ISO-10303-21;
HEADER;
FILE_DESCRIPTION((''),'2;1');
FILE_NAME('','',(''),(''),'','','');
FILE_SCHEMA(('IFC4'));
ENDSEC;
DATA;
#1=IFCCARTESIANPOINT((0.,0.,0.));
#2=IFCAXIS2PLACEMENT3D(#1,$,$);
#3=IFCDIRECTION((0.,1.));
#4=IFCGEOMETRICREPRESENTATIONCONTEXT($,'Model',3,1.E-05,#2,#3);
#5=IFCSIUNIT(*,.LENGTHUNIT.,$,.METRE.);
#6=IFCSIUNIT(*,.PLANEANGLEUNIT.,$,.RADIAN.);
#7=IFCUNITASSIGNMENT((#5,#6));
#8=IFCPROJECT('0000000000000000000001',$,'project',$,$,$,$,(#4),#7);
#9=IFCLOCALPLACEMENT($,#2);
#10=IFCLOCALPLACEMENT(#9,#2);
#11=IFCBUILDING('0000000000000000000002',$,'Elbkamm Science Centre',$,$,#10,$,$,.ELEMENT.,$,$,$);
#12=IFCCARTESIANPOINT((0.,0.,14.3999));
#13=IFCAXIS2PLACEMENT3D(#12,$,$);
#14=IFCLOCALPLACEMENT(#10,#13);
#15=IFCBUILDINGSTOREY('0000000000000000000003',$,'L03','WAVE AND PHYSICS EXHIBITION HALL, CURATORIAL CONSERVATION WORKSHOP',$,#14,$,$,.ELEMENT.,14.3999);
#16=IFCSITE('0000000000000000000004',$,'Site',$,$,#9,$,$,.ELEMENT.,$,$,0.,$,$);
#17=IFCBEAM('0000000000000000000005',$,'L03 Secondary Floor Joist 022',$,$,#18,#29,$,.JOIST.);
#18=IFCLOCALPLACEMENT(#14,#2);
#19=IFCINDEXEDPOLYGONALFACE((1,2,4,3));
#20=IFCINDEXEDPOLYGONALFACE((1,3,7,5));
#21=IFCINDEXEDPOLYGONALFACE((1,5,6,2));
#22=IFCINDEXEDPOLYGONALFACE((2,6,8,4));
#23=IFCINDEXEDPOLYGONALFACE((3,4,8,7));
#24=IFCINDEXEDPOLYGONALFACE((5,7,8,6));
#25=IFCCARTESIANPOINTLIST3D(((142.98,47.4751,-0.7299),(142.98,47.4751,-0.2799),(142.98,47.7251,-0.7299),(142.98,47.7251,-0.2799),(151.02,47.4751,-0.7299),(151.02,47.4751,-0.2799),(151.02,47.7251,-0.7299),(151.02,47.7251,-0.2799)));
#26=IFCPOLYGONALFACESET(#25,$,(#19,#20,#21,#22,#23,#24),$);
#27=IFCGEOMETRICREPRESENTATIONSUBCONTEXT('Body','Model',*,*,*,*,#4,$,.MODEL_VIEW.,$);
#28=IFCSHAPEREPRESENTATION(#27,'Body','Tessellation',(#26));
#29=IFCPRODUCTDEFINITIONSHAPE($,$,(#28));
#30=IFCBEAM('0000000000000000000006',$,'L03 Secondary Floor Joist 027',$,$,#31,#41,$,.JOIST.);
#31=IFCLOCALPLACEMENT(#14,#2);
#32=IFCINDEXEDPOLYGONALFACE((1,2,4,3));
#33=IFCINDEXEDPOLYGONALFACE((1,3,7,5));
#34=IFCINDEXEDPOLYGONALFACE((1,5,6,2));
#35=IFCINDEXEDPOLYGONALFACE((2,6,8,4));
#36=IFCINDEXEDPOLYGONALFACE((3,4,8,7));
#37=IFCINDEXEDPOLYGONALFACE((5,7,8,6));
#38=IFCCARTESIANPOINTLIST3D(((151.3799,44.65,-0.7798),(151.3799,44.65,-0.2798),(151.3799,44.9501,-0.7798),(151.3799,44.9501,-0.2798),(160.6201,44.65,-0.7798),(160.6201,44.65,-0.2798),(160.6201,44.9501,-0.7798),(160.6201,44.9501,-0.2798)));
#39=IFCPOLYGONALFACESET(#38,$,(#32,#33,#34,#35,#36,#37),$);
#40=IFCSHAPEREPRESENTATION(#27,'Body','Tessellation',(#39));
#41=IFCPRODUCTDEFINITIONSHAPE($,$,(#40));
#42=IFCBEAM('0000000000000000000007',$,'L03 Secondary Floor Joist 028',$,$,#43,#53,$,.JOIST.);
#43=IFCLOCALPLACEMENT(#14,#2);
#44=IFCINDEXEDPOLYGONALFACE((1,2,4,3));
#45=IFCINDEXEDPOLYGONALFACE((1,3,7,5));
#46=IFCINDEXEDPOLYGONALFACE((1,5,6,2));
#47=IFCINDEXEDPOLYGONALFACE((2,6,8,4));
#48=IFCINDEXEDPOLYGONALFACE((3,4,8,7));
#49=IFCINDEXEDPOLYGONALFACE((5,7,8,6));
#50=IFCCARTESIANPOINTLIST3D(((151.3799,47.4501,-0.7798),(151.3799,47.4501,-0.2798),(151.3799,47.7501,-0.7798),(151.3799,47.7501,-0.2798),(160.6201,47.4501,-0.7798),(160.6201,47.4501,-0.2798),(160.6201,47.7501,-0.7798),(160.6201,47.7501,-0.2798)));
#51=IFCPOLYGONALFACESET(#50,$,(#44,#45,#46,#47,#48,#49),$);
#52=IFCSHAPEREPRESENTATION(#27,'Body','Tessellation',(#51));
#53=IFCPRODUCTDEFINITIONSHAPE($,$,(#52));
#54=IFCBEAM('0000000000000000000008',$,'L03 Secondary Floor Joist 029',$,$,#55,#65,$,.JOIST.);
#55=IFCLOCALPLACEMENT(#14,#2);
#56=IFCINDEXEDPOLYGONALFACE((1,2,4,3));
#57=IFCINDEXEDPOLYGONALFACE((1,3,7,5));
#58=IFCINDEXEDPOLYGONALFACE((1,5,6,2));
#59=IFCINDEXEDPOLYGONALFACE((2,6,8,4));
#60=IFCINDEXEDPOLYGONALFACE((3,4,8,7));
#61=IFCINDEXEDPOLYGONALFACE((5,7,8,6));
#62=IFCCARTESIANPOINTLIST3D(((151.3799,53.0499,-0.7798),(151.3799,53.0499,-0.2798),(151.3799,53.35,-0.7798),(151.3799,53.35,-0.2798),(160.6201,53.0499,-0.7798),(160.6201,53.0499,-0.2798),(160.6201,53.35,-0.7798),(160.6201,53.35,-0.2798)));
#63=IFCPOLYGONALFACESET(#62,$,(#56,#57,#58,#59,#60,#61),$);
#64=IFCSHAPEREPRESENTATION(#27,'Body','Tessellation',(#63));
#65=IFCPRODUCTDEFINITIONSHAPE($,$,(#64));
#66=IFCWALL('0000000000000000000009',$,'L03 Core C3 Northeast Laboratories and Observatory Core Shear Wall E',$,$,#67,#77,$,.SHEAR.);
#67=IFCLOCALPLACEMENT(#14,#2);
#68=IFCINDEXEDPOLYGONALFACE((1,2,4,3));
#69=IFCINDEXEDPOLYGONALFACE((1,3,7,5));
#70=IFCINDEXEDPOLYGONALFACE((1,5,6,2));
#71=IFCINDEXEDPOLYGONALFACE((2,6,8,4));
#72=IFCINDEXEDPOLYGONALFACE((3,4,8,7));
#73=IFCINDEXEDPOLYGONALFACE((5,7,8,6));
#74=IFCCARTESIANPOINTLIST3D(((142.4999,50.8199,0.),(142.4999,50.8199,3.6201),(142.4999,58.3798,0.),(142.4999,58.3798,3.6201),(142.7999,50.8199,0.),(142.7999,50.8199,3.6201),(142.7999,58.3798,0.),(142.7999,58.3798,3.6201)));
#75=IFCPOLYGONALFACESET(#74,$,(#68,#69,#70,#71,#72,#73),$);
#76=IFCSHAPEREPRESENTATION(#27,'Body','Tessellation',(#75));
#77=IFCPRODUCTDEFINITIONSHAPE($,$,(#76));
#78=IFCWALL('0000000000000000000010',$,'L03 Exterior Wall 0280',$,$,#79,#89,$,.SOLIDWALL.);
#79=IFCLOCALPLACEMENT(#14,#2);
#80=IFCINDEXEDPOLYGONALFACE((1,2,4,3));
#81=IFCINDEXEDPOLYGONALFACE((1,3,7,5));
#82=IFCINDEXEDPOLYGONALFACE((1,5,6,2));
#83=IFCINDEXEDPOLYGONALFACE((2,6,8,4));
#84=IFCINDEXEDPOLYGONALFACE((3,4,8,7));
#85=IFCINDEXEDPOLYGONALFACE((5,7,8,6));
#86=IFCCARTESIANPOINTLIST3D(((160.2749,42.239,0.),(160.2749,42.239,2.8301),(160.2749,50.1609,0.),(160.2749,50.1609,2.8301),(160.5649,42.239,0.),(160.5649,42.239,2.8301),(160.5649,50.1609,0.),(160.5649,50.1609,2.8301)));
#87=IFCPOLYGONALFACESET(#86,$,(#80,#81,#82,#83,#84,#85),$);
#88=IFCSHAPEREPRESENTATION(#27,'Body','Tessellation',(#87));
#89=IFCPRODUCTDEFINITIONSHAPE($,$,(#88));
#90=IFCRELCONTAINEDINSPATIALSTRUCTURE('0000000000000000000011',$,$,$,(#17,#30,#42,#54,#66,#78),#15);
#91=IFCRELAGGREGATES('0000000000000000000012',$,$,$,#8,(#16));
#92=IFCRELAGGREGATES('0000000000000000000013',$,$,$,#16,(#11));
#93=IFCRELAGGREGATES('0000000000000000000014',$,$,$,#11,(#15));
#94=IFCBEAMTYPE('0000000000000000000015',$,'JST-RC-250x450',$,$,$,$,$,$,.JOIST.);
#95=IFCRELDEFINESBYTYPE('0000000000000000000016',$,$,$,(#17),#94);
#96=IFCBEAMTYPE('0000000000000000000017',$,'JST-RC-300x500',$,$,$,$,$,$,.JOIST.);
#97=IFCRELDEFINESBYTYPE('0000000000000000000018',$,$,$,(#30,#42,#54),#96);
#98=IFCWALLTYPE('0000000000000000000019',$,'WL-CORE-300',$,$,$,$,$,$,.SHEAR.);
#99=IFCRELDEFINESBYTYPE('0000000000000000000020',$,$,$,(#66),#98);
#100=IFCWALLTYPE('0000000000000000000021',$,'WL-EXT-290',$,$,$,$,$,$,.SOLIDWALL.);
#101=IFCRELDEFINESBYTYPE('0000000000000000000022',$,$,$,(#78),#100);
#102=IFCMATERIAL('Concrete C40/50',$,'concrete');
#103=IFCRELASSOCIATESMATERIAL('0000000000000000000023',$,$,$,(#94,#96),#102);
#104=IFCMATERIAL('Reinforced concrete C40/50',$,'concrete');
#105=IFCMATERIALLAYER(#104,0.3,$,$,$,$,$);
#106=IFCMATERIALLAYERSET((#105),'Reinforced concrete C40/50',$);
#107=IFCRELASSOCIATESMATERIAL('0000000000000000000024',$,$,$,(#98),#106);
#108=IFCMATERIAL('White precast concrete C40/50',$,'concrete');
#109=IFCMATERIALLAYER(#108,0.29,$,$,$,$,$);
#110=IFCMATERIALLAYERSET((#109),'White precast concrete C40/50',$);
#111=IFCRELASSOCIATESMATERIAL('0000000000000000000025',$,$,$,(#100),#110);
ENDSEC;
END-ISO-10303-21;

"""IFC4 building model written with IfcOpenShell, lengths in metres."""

from ifc_helpers import new_model, si_unit, direction, frame, frame_2d, origin, origin_2d, place, context, subcontext, project, spatial, rectangle, extrude, material, layer, layer_set, material_profile, profile_set, type_object, element, save


model = new_model("IFC4")

# Units and contexts
model_context = context("Model", 3, precision=1e-05, world=origin(), true_north=direction((0.0, 1.0)))
body_context = subcontext(model_context, "Body", "Model", "MODEL_VIEW")
ifc_project = project(units=[si_unit("LENGTHUNIT", "METRE"), si_unit("PLANEANGLEUNIT", "RADIAN")], contexts=[model_context])

# Site, building, storey
site_placement = place(None, origin())
site = spatial("IfcSite", under=ifc_project, at=site_placement, Name="Site", CompositionType="ELEMENT", RefElevation=0.0)
building_placement = place(site_placement, origin())
building = spatial("IfcBuilding", under=site, at=building_placement, Name="Elbkamm Science Centre", CompositionType="ELEMENT")
storey_placement = place(building_placement, frame((0.0, 0.0, 14.3999)))
storey = spatial("IfcBuildingStorey", under=building, at=storey_placement, Name="L03", Description="WAVE AND PHYSICS EXHIBITION HALL, CURATORIAL CONSERVATION WORKSHOP", CompositionType="ELEMENT", Elevation=14.3999)

# Shared definitions
ifc_material_1 = material(Name="Concrete C40/50", Category="concrete")

# Beams
ifc_material_profile_1 = material_profile(ifc_material_1, rectangle(XDim=0.25, YDim=0.45, at=origin_2d()), Name="RC 250x450")
ifc_profile_set_1 = profile_set([ifc_material_profile_1], Name="Concrete C40/50")
beam_type_1 = type_object("IfcBeamType", Name="JST-RC-250x450", PredefinedType="JOIST", material=ifc_profile_set_1)
for number, where, z_axis, x_axis, name in (
    (1, (142.98, 47.6001, -0.5049), (1.0, 0.0, 0.0), (0.0, 1.0, 0.0), "L03 Secondary Floor Joist 022"),
):
    element("IfcBeam", number, at=place(storey_placement, frame(where, z_axis=z_axis, x_axis=x_axis)), inside=storey, type_object=beam_type_1, Name=name, PredefinedType="JOIST", context=body_context, shape_type="SweptSolid", body=[
        extrude(rectangle(XDim=0.25, YDim=0.45, at=origin_2d()), origin(), (0.0, 0.0, 1.0), 8.04),
    ])
ifc_material_profile_2 = material_profile(ifc_material_1, rectangle(XDim=0.3, YDim=0.5, at=origin_2d()), Name="RC 300x500")
ifc_profile_set_2 = profile_set([ifc_material_profile_2], Name="Concrete C40/50")
beam_type_2 = type_object("IfcBeamType", Name="JST-RC-300x500", PredefinedType="JOIST", material=ifc_profile_set_2)
for number, where, z_axis, x_axis, name in (
    (2, (151.3799, 44.8, -0.5298), (1.0, 0.0, 0.0), (0.0, 1.0, 0.0), "L03 Secondary Floor Joist 027"),
    (3, (151.3799, 47.6001, -0.5298), (1.0, 0.0, 0.0), (0.0, 1.0, 0.0), "L03 Secondary Floor Joist 028"),
    (4, (151.3799, 53.2, -0.5298), (1.0, 0.0, 0.0), (0.0, 1.0, 0.0), "L03 Secondary Floor Joist 029"),
):
    element("IfcBeam", number, at=place(storey_placement, frame(where, z_axis=z_axis, x_axis=x_axis)), inside=storey, type_object=beam_type_2, Name=name, PredefinedType="JOIST", context=body_context, shape_type="SweptSolid", body=[
        extrude(rectangle(XDim=0.3, YDim=0.5, at=origin_2d()), origin(), (0.0, 0.0, 1.0), 9.2402),
    ])

# Walls
ifc_material_2 = material(Name="Reinforced concrete C40/50", Category="concrete")
ifc_layer_1 = layer(ifc_material_2, 0.3)
ifc_layer_set_1 = layer_set([ifc_layer_1], Name="Reinforced concrete C40/50")
wall_type_1 = type_object("IfcWallType", Name="WL-CORE-300", PredefinedType="SHEAR", material=ifc_layer_set_1)
wall_1_placement = place(storey_placement, frame((142.6499, 50.8201, 0.0), z_axis=(0.0, 0.0, 1.0), x_axis=(0.0, 1.0, 0.0)))
element("IfcWall", 5, at=wall_1_placement, inside=storey, type_object=wall_type_1, Name="L03 Core C3 Northeast Laboratories and Observatory Core Shear Wall E", PredefinedType="SHEAR", context=body_context, shape_type="SweptSolid", body=[
    extrude(rectangle(XDim=7.5598, YDim=0.3, at=frame_2d((3.7798, 0.0))), origin(), (0.0, 0.0, 1.0), 3.6201),
])
ifc_material_3 = material(Name="White precast concrete C40/50", Category="concrete")
ifc_layer_2 = layer(ifc_material_3, 0.29)
ifc_layer_set_2 = layer_set([ifc_layer_2], Name="White precast concrete C40/50")
wall_type_2 = type_object("IfcWallType", Name="WL-EXT-290", PredefinedType="SOLIDWALL", material=ifc_layer_set_2)
wall_2_placement = place(storey_placement, frame((160.4199, 50.1609, 0.0), z_axis=(0.0, 0.0, 1.0), x_axis=(0.0, -1.0, 0.0)))
element("IfcWall", 6, at=wall_2_placement, inside=storey, type_object=wall_type_2, Name="L03 Exterior Wall 0280", PredefinedType="SOLIDWALL", context=body_context, shape_type="SweptSolid", body=[
    extrude(rectangle(XDim=7.9219, YDim=0.29, at=frame_2d((3.9609, 0.0))), origin(), (0.0, 0.0, 1.0), 2.8301),
])

save(model, "model.ifc")
